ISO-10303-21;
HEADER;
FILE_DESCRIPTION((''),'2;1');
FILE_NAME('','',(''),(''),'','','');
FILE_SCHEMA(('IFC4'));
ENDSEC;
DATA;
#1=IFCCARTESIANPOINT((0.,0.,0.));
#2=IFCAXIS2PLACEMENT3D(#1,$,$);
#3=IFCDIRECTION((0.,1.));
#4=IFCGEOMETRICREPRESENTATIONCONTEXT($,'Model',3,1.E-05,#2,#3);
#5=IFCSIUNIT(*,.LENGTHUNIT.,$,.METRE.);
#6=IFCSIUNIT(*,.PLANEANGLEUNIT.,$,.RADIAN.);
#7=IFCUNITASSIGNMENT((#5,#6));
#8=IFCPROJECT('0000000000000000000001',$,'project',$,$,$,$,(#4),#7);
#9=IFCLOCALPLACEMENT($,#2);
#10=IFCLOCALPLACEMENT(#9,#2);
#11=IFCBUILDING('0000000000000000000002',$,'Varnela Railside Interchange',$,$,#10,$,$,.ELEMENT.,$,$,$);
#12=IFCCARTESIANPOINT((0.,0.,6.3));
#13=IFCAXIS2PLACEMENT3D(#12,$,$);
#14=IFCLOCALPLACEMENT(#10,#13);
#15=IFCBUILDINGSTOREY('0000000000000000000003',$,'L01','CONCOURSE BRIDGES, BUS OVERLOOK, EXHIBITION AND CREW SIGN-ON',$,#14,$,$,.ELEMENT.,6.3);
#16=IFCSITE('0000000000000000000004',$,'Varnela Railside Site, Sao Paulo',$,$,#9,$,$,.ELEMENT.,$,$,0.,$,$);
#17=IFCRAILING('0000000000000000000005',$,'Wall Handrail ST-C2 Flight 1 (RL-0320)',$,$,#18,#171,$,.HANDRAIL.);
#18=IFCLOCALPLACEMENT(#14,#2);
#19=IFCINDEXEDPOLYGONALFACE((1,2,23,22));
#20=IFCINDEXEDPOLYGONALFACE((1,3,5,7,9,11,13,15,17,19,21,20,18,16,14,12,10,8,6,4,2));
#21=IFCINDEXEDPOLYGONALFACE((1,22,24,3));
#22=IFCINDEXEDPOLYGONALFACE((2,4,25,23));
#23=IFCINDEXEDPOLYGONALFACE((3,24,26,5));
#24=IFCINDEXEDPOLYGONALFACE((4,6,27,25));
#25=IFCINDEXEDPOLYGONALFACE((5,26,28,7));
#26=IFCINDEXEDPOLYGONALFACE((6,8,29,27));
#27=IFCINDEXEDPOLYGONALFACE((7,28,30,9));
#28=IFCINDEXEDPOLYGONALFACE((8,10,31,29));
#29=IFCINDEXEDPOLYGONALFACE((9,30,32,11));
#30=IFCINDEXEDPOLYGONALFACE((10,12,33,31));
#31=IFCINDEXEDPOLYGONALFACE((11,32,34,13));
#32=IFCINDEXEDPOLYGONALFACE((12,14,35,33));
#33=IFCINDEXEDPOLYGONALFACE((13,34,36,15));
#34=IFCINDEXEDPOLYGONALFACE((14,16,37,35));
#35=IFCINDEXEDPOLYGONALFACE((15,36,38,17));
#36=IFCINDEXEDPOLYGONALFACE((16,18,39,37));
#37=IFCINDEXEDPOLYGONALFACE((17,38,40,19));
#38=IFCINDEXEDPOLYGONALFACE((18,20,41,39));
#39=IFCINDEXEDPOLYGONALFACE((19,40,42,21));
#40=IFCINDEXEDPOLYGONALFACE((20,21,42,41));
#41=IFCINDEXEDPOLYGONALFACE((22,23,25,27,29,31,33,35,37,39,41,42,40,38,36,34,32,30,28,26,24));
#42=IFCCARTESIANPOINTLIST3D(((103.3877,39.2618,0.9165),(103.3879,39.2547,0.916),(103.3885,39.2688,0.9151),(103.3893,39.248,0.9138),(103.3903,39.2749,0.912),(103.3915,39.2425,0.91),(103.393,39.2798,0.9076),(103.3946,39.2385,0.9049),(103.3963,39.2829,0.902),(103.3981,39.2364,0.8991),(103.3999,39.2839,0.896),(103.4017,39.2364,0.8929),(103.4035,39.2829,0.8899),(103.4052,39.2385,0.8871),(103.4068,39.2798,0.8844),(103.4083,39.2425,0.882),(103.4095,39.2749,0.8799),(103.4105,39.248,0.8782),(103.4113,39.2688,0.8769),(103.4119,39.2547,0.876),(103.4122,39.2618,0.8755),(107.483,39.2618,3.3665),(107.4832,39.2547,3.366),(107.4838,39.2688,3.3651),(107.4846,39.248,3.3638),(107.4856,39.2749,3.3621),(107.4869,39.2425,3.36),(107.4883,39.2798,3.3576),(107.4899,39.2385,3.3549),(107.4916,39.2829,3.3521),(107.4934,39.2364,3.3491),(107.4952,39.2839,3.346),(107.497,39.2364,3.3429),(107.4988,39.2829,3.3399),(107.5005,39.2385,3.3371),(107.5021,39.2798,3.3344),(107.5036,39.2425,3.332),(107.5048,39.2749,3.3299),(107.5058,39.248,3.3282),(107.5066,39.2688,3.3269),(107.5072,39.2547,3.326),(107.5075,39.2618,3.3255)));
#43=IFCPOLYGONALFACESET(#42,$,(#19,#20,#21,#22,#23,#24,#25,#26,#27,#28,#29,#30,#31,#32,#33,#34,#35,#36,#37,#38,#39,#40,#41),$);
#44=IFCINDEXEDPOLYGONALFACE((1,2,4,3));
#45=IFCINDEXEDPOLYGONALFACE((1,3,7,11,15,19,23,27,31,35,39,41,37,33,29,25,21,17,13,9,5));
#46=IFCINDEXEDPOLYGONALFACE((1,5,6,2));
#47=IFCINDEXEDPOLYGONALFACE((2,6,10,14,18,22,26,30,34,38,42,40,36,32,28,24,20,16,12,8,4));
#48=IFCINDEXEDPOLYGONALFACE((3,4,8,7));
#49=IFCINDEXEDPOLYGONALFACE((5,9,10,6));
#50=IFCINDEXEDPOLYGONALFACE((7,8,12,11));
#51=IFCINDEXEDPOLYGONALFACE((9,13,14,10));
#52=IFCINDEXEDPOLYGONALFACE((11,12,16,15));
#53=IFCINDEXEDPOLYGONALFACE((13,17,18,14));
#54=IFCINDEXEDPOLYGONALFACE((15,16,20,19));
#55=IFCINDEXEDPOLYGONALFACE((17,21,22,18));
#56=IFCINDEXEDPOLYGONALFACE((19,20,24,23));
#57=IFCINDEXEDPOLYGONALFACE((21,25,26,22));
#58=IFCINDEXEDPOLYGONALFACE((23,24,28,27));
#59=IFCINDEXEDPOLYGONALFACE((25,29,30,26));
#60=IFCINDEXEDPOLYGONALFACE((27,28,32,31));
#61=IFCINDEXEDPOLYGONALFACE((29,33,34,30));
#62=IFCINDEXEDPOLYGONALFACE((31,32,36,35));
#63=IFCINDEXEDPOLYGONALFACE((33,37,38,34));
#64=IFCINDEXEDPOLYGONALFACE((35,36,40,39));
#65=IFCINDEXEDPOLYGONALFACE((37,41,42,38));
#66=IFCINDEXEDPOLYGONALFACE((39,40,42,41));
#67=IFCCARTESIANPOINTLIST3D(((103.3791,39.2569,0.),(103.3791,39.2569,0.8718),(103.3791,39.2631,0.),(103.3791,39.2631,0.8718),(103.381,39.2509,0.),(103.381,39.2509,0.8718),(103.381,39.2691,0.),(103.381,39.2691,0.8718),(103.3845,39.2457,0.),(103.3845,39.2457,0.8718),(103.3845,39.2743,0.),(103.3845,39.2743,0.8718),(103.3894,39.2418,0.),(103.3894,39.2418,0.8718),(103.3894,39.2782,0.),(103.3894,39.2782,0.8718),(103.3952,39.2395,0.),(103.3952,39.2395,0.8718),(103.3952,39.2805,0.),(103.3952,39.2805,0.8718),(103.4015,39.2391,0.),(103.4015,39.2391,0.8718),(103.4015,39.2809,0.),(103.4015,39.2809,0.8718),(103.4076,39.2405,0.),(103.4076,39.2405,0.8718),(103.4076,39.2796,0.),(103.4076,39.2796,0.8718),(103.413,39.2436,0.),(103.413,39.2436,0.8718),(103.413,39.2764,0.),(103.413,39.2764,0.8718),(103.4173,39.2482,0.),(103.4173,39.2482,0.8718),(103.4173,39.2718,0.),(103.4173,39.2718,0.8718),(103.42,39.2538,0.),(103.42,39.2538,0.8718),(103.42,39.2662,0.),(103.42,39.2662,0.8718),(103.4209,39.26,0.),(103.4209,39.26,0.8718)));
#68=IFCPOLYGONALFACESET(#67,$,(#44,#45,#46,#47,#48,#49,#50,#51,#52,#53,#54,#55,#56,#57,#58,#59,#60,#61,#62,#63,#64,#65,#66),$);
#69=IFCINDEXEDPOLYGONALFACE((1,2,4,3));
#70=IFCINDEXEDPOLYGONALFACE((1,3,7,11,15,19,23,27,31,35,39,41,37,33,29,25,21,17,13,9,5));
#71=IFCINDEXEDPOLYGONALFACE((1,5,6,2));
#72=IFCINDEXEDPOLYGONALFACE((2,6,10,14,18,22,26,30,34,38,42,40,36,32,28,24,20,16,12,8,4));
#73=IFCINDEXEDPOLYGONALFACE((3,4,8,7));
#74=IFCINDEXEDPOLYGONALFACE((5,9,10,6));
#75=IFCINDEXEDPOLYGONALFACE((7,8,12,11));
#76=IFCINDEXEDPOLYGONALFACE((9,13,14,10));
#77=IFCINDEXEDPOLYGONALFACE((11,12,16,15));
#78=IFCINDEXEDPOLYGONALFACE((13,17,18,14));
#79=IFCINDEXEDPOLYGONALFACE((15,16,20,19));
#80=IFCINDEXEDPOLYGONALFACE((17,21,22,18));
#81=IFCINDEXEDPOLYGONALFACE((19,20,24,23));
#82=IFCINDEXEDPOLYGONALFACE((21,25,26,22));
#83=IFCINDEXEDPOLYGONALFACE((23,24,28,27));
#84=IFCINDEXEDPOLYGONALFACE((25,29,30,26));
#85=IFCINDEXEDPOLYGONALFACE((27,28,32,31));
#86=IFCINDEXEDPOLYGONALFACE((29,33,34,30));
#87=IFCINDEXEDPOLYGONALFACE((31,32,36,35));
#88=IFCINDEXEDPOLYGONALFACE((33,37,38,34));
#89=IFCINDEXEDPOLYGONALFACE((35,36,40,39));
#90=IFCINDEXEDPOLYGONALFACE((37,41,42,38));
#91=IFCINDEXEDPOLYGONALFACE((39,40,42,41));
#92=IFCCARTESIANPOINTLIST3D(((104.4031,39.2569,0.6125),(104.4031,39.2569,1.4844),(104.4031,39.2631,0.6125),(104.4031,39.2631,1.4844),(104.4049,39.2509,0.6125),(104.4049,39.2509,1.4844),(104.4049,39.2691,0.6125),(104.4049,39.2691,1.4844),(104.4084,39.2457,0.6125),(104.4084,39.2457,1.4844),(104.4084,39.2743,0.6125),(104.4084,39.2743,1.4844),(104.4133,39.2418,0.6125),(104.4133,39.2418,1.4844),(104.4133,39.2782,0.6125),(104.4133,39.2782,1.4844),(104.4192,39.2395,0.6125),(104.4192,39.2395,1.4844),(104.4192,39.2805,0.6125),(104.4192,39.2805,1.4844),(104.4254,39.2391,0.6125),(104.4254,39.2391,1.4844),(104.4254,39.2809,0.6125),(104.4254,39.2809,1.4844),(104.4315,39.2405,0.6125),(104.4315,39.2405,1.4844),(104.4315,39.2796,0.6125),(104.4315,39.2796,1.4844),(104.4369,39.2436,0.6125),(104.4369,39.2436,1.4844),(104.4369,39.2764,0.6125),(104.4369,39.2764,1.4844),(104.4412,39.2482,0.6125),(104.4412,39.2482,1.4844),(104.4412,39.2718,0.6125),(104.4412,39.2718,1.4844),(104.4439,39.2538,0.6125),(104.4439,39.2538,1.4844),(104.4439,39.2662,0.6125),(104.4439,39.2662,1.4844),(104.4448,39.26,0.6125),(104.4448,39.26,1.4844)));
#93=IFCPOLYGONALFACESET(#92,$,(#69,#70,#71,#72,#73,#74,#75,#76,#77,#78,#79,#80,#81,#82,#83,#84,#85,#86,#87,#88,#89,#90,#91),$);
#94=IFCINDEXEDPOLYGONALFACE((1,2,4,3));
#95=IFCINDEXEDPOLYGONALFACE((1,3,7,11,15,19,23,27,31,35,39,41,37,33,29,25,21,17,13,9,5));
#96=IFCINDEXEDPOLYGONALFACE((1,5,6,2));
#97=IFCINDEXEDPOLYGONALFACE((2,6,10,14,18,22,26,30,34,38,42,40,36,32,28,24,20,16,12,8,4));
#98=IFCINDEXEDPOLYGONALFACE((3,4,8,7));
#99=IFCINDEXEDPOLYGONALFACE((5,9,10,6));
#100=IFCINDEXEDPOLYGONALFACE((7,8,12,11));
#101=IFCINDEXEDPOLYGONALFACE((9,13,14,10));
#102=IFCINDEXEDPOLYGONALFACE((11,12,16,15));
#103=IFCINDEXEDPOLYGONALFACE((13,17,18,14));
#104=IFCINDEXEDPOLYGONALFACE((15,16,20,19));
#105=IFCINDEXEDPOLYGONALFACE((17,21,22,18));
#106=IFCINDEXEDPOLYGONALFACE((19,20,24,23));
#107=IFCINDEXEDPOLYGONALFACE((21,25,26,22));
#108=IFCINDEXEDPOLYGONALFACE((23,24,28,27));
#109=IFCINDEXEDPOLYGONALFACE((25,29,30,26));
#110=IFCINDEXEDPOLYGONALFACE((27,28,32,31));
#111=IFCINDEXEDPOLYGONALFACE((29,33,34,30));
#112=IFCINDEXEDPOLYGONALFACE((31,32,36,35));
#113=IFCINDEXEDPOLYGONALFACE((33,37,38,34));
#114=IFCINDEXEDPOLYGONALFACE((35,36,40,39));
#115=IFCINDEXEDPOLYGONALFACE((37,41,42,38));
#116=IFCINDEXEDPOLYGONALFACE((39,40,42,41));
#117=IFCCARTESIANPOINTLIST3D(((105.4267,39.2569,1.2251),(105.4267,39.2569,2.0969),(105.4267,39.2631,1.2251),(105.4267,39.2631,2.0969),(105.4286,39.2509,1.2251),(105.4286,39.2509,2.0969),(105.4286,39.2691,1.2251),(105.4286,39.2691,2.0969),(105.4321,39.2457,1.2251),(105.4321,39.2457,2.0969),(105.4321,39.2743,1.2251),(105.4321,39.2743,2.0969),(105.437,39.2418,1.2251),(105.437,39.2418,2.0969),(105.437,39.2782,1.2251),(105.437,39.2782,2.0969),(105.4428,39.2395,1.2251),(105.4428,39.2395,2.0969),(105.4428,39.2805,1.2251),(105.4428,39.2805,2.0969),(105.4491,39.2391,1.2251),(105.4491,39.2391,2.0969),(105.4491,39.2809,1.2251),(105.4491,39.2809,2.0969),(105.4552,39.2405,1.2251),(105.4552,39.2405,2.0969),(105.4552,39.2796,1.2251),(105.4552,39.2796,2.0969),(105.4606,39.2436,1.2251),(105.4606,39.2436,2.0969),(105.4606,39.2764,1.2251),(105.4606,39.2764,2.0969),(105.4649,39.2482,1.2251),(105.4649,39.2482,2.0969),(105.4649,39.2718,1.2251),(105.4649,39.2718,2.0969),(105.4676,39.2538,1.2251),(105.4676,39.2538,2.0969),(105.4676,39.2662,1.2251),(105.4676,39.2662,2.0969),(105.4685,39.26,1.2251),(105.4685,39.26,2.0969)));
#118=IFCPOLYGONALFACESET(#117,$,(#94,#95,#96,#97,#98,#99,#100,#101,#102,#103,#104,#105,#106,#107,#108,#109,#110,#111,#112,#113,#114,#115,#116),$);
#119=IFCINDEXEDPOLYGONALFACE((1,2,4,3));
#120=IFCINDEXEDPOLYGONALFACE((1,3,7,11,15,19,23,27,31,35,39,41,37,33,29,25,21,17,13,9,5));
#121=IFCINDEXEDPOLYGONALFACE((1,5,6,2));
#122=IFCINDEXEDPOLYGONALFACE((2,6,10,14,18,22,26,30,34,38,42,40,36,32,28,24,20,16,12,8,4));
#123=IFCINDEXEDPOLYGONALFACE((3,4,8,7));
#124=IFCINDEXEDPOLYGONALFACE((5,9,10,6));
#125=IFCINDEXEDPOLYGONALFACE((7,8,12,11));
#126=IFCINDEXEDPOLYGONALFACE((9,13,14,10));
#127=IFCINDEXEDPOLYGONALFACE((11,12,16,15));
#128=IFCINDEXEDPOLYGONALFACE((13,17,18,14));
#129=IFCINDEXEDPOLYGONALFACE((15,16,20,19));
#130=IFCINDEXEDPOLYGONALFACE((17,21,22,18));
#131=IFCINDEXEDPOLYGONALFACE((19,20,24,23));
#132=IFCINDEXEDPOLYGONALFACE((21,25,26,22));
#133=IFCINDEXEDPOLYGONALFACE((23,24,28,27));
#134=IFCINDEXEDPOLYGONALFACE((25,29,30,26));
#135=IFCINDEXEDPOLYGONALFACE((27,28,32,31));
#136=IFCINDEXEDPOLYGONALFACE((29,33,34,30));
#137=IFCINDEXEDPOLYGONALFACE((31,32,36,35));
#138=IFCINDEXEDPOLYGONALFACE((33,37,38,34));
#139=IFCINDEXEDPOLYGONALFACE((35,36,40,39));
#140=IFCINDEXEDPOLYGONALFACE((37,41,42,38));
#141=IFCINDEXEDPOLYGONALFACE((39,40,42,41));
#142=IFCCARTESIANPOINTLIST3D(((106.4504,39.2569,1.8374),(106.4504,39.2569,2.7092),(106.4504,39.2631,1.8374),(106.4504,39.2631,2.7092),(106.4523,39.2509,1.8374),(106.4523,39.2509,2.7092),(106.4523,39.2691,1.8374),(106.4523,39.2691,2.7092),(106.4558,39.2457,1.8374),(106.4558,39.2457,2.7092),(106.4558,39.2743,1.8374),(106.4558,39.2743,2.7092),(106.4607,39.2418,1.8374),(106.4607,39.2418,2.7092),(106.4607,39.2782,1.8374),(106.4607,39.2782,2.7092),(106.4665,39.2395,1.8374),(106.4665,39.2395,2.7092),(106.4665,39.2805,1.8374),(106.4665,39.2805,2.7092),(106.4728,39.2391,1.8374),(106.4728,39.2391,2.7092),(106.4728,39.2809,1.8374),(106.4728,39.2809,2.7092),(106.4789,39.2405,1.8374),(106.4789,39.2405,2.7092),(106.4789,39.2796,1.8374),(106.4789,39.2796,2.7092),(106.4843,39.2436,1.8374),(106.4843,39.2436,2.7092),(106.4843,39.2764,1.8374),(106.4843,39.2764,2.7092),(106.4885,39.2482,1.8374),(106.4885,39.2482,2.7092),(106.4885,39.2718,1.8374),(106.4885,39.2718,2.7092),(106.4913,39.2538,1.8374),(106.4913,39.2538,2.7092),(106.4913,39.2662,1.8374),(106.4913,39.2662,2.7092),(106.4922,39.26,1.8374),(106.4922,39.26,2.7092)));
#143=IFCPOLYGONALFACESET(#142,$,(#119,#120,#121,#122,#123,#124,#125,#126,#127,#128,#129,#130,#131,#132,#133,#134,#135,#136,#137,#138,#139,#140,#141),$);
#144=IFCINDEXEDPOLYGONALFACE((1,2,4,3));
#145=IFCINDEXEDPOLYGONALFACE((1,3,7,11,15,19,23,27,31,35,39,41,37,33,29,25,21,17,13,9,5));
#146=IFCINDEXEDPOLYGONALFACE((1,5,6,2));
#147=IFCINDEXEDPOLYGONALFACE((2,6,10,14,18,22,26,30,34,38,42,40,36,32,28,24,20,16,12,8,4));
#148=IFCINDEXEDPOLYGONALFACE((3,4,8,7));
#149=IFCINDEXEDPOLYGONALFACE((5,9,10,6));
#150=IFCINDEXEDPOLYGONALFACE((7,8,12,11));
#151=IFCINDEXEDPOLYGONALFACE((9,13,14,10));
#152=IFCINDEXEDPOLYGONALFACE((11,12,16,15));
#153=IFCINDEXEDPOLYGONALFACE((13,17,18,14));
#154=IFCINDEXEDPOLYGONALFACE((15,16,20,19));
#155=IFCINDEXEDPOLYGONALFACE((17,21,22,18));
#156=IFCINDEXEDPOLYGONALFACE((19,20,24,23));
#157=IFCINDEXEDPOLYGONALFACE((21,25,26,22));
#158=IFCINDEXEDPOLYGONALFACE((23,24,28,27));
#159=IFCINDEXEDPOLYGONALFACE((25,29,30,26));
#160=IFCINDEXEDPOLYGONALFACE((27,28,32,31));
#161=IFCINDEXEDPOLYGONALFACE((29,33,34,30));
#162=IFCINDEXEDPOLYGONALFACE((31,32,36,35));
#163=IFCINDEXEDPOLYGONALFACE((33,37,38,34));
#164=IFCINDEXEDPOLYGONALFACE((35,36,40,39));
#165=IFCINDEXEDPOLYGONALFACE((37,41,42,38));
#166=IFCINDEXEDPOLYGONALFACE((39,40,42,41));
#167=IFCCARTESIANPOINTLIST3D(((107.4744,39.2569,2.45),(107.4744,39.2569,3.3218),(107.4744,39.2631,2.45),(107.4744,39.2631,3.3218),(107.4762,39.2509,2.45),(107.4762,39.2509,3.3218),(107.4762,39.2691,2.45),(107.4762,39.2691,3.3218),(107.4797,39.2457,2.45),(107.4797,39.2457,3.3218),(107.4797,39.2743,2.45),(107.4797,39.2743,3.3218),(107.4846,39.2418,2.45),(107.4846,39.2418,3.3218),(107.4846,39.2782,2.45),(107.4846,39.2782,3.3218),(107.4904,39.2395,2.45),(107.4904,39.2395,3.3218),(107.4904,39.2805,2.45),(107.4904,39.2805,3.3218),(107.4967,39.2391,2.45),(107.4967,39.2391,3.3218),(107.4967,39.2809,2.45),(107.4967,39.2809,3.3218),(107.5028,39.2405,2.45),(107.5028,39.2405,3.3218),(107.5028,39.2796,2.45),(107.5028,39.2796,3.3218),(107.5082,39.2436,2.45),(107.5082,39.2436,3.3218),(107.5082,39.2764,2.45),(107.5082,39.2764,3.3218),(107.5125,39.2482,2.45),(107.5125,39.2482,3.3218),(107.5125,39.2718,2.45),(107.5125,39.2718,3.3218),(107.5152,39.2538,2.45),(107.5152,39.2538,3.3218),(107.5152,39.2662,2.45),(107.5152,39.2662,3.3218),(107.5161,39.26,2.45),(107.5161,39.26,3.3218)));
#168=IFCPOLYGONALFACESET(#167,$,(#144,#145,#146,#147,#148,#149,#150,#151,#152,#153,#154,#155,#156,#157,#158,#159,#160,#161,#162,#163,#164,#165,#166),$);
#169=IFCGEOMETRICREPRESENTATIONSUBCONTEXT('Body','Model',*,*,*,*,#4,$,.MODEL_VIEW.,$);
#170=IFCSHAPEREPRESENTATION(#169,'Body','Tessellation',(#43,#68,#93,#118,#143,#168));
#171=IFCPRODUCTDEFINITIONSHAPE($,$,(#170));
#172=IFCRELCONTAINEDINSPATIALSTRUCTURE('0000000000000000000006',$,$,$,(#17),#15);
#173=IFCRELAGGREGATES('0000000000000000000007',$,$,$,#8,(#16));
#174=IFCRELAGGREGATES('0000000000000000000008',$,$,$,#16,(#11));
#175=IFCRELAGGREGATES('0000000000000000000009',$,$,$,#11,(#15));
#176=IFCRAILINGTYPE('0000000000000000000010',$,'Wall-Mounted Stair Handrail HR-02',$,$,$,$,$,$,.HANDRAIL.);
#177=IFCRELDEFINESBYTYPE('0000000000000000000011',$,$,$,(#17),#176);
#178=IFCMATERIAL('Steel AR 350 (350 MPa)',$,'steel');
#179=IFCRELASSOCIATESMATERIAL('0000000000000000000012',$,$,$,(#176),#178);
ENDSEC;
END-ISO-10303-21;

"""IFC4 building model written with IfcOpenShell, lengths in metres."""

from ifc_helpers import new_model, si_unit, direction, frame, origin, origin_2d, place, context, subcontext, project, spatial, circle, extrude, material, type_object, element, save


model = new_model("IFC4")

# Units and contexts
model_context = context("Model", 3, precision=1e-05, world=origin(), true_north=direction((0.0, 1.0)))
body_context = subcontext(model_context, "Body", "Model", "MODEL_VIEW")
ifc_project = project(units=[si_unit("LENGTHUNIT", "METRE"), si_unit("PLANEANGLEUNIT", "RADIAN")], contexts=[model_context])

# Site, building, storey
site_placement = place(None, origin())
site = spatial("IfcSite", under=ifc_project, at=site_placement, Name="Varnela Railside Site, Sao Paulo", CompositionType="ELEMENT", RefElevation=0.0)
building_placement = place(site_placement, origin())
building = spatial("IfcBuilding", under=site, at=building_placement, Name="Varnela Railside Interchange", CompositionType="ELEMENT")
storey_placement = place(building_placement, frame((0.0, 0.0, 6.3)))
storey = spatial("IfcBuildingStorey", under=building, at=storey_placement, Name="L01", Description="CONCOURSE BRIDGES, BUS OVERLOOK, EXHIBITION AND CREW SIGN-ON", CompositionType="ELEMENT", Elevation=6.3)

# Shared definitions
ifc_material_1 = material(Name="Steel AR 350 (350 MPa)", Category="steel")

# Railing
railing_type_1 = type_object("IfcRailingType", Name="Wall-Mounted Stair Handrail HR-02", PredefinedType="HANDRAIL", material=ifc_material_1)
railing_1_placement = place(storey_placement, frame((103.3999, 39.26, 0.0)))
element("IfcRailing", 1, at=railing_1_placement, inside=storey, type_object=railing_type_1, Name="Wall Handrail ST-C2 Flight 1 (RL-0320)", PredefinedType="HANDRAIL", context=body_context, shape_type="SweptSolid", body=[
    extrude(circle(Radius=0.0239, at=origin_2d()), frame((0.0, 0.0, 0.896), z_axis=(0.858156, 0.0, 0.513389), x_axis=(0.0, 1.0, 0.0)), (0.0, 0.0, 1.0), 4.7722),
    extrude(circle(Radius=0.021, at=origin_2d()), origin(), (0.0, 0.0, 1.0), 0.8718),
    extrude(circle(Radius=0.021, at=origin_2d()), frame((1.0239, 0.0, 0.6125)), (0.0, 0.0, 1.0), 0.8718),
    extrude(circle(Radius=0.021, at=origin_2d()), frame((2.0476, 0.0, 1.2251)), (0.0, 0.0, 1.0), 0.8718),
    extrude(circle(Radius=0.021, at=origin_2d()), frame((3.0713, 0.0, 1.8374)), (0.0, 0.0, 1.0), 0.8718),
    extrude(circle(Radius=0.021, at=origin_2d()), frame((4.0952, 0.0, 2.45)), (0.0, 0.0, 1.0), 0.8718),
])

save(model, "model.ifc")
